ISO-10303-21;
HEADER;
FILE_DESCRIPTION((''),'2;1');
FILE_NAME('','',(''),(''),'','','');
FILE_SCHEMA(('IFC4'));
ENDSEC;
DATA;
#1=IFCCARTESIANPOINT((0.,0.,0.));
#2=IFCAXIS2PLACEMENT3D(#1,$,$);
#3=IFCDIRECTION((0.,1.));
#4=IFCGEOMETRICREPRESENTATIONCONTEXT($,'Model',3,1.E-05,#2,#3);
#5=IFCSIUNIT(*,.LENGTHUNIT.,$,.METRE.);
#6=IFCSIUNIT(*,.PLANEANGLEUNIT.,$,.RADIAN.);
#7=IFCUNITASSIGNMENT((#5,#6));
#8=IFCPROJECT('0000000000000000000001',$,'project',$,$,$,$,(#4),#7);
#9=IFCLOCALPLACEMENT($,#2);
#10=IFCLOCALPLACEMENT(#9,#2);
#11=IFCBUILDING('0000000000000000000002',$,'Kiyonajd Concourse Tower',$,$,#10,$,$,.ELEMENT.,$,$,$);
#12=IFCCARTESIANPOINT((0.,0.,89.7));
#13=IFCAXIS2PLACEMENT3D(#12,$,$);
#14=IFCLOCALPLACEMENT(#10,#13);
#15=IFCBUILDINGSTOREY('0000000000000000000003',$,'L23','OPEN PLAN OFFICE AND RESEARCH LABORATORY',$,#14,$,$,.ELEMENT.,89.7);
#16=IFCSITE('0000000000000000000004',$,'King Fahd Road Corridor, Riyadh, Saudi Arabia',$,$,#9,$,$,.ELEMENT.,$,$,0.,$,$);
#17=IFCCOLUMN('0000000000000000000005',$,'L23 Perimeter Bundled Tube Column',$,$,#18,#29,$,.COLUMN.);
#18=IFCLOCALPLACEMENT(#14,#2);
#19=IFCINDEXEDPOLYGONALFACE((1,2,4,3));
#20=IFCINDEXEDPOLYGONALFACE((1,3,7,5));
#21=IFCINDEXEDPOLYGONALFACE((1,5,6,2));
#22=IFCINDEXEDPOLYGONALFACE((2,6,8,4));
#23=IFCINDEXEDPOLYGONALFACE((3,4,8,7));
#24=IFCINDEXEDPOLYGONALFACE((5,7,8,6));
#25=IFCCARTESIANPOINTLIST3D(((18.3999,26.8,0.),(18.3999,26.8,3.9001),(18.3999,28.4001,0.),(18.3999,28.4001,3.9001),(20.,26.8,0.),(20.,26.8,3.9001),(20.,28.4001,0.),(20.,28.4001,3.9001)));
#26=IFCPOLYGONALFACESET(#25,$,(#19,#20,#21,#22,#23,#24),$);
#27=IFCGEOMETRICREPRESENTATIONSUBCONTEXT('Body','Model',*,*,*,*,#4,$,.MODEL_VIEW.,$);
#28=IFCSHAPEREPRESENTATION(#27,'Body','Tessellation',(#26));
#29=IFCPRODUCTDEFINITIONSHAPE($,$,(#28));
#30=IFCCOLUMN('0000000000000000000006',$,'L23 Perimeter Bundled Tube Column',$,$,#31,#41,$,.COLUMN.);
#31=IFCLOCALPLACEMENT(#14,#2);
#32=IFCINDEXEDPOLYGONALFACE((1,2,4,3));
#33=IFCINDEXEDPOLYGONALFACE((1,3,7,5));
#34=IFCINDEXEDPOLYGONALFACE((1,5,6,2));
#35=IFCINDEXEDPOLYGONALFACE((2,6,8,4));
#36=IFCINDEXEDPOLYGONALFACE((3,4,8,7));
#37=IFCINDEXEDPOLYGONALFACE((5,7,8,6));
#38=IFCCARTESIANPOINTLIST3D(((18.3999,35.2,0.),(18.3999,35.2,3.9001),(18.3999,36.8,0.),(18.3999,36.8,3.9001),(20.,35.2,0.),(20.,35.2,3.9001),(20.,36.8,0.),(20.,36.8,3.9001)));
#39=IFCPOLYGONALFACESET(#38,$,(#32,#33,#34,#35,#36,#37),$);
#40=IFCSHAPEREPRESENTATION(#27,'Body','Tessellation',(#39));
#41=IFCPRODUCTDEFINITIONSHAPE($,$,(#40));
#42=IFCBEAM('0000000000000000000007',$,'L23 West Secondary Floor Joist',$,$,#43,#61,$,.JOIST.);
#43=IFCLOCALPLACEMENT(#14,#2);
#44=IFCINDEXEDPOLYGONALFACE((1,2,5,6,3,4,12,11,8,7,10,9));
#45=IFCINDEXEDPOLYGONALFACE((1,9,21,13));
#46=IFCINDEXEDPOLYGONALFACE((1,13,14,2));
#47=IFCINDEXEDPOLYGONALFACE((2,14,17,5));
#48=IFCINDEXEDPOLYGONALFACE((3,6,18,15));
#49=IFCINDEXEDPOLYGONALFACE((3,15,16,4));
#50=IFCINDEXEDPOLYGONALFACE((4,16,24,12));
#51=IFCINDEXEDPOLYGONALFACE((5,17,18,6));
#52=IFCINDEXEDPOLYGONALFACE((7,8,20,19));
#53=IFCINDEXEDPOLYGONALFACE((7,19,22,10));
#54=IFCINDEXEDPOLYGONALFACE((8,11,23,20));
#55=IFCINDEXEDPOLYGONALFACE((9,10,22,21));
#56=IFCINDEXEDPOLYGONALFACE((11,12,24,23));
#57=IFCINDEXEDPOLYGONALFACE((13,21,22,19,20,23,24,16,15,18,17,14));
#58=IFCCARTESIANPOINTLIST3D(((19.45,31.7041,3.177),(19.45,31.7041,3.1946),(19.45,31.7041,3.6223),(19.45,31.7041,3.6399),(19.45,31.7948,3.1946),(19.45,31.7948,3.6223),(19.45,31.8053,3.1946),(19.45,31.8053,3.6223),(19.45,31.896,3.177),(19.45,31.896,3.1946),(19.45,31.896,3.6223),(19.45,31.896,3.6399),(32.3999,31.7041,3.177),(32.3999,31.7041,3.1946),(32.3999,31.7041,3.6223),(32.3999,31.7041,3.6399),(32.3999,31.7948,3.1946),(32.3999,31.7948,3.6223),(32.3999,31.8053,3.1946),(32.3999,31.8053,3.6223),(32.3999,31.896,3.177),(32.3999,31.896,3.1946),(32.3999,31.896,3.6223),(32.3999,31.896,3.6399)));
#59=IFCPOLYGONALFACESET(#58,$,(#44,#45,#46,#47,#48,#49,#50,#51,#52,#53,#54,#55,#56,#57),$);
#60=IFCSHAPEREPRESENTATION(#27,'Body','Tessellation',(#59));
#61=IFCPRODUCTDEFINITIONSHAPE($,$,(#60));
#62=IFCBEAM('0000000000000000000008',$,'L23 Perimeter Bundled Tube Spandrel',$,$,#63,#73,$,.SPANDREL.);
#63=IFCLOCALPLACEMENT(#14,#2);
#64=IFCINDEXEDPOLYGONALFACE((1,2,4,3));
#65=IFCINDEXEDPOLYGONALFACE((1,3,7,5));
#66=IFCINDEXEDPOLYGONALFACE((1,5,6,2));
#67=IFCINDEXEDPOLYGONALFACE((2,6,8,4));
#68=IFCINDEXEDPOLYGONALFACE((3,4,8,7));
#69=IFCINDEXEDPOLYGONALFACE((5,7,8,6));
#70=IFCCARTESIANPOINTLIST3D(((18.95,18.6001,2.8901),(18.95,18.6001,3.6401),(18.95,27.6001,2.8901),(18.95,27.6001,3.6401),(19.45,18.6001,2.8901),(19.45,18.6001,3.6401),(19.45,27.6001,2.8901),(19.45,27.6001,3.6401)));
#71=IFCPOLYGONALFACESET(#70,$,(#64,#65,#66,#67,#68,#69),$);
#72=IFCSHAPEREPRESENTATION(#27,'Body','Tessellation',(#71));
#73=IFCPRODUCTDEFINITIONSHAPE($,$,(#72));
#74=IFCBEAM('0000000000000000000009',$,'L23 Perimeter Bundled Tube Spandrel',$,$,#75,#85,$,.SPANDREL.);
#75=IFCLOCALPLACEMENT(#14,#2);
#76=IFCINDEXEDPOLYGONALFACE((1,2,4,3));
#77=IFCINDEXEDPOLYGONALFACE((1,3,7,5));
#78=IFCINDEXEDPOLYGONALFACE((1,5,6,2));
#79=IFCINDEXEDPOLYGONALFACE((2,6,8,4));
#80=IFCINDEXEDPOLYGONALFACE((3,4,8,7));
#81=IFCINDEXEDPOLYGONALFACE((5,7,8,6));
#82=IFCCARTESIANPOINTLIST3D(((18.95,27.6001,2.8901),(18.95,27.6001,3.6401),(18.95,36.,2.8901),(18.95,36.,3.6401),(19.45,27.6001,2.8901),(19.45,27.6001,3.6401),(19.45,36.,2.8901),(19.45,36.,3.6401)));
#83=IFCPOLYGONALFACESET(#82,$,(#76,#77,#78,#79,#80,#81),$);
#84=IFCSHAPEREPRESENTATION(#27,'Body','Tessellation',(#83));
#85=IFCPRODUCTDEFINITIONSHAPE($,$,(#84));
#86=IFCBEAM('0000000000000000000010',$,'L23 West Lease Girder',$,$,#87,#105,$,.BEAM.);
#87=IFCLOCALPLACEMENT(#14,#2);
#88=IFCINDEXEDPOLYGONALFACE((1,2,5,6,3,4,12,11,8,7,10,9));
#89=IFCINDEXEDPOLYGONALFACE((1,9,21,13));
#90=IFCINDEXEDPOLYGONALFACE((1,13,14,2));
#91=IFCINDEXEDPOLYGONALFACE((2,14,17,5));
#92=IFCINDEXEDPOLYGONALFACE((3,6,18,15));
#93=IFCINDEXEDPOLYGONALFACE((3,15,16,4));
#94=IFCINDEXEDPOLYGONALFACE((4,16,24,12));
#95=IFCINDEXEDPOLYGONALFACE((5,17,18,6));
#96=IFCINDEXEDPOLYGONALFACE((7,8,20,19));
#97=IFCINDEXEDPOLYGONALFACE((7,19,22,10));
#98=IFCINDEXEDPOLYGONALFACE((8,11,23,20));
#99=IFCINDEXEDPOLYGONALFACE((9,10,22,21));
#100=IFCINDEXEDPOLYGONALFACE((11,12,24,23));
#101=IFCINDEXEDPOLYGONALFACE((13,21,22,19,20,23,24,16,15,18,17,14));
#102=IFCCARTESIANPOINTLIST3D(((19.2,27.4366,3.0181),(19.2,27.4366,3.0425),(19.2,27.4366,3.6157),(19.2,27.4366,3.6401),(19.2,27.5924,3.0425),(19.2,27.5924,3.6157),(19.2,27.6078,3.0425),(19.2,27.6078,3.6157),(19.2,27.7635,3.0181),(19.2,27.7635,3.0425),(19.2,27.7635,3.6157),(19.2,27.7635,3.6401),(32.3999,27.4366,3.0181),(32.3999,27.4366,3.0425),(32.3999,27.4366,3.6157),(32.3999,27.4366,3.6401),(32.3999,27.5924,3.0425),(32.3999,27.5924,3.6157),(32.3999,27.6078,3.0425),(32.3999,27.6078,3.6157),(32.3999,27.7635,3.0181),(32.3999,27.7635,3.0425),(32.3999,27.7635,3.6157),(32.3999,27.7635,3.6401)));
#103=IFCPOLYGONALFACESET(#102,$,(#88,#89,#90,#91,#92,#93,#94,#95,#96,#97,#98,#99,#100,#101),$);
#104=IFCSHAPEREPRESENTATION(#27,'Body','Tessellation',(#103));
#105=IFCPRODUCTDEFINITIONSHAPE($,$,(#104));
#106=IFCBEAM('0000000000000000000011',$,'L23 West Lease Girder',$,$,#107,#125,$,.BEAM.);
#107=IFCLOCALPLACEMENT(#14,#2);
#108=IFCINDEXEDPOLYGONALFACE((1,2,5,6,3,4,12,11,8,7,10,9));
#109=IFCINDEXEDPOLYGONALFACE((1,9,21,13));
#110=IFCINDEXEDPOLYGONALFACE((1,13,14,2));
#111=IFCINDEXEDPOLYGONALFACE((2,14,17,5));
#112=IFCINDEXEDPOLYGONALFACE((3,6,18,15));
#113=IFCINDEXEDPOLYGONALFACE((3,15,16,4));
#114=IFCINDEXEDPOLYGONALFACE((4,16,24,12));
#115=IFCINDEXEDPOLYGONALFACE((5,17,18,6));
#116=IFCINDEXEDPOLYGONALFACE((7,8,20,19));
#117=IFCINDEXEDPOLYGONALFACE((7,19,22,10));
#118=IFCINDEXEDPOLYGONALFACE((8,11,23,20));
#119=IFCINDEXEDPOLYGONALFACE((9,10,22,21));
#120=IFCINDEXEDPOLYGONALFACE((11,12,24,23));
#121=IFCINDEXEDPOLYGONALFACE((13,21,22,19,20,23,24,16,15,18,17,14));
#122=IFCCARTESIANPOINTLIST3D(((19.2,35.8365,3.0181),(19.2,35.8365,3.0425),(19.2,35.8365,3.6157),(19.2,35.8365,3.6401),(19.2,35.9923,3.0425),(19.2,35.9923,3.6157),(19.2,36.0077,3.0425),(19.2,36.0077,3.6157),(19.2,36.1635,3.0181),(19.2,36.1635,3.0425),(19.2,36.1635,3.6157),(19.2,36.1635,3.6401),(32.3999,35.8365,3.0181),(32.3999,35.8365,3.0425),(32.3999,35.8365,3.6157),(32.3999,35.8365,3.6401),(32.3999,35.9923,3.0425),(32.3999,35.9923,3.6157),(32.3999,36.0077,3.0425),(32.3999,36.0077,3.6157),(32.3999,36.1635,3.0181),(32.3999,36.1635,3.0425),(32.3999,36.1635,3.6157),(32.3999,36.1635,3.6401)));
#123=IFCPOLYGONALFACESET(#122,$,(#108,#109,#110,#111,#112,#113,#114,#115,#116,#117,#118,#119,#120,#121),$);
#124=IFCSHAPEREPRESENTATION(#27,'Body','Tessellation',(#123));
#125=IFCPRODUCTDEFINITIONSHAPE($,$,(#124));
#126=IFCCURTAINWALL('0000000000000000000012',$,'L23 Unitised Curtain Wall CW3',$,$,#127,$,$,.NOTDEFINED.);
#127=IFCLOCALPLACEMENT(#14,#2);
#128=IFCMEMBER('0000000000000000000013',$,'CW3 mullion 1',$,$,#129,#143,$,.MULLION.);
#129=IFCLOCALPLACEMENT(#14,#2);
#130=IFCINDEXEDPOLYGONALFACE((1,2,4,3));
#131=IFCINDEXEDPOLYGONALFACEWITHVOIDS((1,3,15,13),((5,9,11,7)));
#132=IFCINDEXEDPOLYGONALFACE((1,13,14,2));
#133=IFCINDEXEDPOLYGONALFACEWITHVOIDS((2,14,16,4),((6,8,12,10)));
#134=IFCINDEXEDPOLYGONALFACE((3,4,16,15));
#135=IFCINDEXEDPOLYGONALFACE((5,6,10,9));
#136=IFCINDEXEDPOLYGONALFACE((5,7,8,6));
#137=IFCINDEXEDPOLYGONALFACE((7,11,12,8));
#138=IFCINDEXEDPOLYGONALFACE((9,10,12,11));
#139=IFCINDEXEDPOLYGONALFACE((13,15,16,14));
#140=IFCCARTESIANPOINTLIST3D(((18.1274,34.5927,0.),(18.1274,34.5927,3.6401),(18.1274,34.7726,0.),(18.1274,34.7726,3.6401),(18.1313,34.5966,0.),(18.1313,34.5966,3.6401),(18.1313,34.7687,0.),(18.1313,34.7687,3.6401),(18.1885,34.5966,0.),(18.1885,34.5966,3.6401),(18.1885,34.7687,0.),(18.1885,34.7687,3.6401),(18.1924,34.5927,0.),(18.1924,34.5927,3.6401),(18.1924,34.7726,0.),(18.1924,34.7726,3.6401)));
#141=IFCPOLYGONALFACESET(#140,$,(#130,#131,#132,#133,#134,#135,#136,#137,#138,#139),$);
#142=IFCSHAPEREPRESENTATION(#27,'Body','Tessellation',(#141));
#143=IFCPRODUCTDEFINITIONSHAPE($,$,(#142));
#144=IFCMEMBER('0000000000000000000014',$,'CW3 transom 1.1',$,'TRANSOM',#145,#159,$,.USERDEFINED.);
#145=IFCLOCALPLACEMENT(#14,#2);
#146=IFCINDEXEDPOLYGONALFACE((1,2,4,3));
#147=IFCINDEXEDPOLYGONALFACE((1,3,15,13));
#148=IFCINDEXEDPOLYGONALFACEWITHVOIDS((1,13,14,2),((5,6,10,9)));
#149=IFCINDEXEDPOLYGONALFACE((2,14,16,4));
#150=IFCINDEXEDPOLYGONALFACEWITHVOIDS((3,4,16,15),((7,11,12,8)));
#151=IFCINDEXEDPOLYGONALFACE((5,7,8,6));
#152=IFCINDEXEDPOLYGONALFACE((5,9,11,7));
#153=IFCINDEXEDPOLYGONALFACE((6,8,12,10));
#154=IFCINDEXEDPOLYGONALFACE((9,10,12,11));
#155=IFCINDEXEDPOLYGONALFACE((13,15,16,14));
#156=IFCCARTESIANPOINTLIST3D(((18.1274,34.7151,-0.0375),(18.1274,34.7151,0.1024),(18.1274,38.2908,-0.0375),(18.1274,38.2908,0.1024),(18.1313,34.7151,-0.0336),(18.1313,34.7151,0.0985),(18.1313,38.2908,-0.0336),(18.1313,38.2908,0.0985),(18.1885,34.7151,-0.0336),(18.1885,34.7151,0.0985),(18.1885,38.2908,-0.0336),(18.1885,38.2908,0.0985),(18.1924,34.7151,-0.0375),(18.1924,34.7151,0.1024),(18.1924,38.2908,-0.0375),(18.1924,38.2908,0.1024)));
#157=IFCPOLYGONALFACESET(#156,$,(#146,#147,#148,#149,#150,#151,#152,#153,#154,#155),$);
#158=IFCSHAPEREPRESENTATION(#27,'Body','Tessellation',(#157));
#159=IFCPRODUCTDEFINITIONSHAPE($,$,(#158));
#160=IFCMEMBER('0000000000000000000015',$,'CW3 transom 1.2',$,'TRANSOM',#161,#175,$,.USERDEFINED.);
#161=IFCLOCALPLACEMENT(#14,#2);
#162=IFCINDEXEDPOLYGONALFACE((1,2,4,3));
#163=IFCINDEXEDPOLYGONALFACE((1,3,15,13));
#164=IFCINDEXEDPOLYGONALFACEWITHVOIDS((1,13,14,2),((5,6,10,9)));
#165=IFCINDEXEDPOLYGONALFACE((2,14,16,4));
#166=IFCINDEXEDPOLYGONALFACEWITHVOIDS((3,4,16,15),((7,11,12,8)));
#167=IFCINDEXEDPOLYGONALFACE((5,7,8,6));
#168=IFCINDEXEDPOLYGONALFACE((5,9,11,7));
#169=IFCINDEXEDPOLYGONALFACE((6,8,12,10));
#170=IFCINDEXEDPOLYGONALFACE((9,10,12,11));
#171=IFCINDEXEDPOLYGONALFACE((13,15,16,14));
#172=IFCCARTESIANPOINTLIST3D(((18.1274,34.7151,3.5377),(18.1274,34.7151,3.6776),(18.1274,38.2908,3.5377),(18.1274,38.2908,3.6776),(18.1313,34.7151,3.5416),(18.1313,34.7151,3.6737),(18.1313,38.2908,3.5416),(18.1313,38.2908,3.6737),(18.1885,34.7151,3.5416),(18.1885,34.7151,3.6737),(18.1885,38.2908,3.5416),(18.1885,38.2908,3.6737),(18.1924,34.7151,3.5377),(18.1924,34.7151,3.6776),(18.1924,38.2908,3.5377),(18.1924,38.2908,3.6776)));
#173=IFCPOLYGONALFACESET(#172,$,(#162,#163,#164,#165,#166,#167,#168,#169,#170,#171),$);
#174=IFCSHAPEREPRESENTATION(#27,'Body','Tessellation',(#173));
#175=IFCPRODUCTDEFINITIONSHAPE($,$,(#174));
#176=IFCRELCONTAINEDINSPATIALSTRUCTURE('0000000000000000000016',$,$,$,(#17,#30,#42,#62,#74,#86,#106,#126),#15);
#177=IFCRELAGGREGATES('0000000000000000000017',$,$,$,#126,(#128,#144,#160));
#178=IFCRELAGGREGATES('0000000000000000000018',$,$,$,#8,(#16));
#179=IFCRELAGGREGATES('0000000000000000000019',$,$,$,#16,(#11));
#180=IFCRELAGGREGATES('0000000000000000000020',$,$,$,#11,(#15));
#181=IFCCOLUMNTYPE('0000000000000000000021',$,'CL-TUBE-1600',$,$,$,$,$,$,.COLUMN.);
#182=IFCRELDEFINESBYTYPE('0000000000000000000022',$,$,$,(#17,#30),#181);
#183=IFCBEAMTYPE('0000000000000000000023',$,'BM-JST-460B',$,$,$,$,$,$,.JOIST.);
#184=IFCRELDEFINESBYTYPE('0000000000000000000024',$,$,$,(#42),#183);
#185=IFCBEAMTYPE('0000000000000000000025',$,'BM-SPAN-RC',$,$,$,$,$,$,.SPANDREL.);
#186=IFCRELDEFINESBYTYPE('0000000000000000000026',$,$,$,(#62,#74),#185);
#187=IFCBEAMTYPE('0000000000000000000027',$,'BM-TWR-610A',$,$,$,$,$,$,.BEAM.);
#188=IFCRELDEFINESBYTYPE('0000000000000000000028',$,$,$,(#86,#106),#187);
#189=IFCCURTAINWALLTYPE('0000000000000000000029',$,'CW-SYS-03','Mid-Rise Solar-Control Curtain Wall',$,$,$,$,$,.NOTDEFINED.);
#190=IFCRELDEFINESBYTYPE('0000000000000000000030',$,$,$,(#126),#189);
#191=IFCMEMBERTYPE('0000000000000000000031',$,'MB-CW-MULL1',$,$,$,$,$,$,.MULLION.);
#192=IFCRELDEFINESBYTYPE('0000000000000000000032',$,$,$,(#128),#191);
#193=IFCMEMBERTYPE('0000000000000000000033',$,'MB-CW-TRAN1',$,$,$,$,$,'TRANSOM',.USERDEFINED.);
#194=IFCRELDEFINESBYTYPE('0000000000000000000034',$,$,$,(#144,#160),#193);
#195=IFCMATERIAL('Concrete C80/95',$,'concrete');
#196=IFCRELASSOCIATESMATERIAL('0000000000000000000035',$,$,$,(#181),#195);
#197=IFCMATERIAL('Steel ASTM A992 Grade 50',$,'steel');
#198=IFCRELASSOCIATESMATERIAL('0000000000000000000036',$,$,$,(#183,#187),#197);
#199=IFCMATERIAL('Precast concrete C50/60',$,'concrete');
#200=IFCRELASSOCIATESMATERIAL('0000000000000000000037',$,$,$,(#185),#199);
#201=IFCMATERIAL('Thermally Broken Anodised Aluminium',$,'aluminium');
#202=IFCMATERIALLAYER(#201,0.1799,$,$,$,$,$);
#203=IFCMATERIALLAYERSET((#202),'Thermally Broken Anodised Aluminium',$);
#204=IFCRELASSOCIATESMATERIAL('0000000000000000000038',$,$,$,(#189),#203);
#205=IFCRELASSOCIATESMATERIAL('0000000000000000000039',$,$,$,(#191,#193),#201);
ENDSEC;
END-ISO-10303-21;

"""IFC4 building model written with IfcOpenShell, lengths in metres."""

from ifc_helpers import new_model, si_unit, direction, frame, origin, origin_2d, place, context, subcontext, project, spatial, rectangle, hollow_rectangle, i_section, extrude, material, layer, layer_set, material_profile, profile_set, type_object, element, aggregate, save


model = new_model("IFC4")

# Units and contexts
model_context = context("Model", 3, precision=1e-05, world=origin(), true_north=direction((0.0, 1.0)))
body_context = subcontext(model_context, "Body", "Model", "MODEL_VIEW")
ifc_project = project(units=[si_unit("LENGTHUNIT", "METRE"), si_unit("PLANEANGLEUNIT", "RADIAN")], contexts=[model_context])

# Site, building, storey
site_placement = place(None, origin())
site = spatial("IfcSite", under=ifc_project, at=site_placement, Name="King Fahd Road Corridor, Riyadh, Saudi Arabia", CompositionType="ELEMENT", RefElevation=0.0)
building_placement = place(site_placement, origin())
building = spatial("IfcBuilding", under=site, at=building_placement, Name="Kiyonajd Concourse Tower", CompositionType="ELEMENT")
storey_placement = place(building_placement, frame((0.0, 0.0, 89.7)))
storey = spatial("IfcBuildingStorey", under=building, at=storey_placement, Name="L23", Description="OPEN PLAN OFFICE AND RESEARCH LABORATORY", CompositionType="ELEMENT", Elevation=89.7)

# Columns
ifc_material_1 = material(Name="Concrete C80/95", Category="concrete")
ifc_material_profile_1 = material_profile(ifc_material_1, rectangle(XDim=1.6001, YDim=1.6001, at=origin_2d()), Name="RC-1600x1600")
ifc_profile_set_1 = profile_set([ifc_material_profile_1], Name="Concrete C80/95")
column_type = type_object("IfcColumnType", Name="CL-TUBE-1600", PredefinedType="COLUMN", material=ifc_profile_set_1)
for number, where, z_axis, x_axis, name in (
    (1, (19.2, 27.6001, 0.0), (0.0, 0.0, 1.0), (1.0, 0.0, 0.0), "L23 Perimeter Bundled Tube Column"),
    (2, (19.2, 36.0, 0.0), (0.0, 0.0, 1.0), (1.0, 0.0, 0.0), "L23 Perimeter Bundled Tube Column"),
):
    element("IfcColumn", number, at=place(storey_placement, frame(where, z_axis=z_axis, x_axis=x_axis)), inside=storey, type_object=column_type, Name=name, PredefinedType="COLUMN", context=body_context, shape_type="SweptSolid", body=[
        extrude(rectangle(XDim=1.6001, YDim=1.6001, at=origin_2d()), origin(), (0.0, 0.0, 1.0), 3.9001),
    ])

# Beams
ifc_material_2 = material(Name="Steel ASTM A992 Grade 50", Category="steel")
ifc_material_profile_2 = material_profile(ifc_material_2, i_section(OverallWidth=0.1919, OverallDepth=0.4629, WebThickness=0.0105, FlangeThickness=0.0176, at=origin_2d()), Name="W460X89")
ifc_profile_set_2 = profile_set([ifc_material_profile_2], Name="Steel ASTM A992 Grade 50")
beam_type_1 = type_object("IfcBeamType", Name="BM-JST-460B", PredefinedType="JOIST", material=ifc_profile_set_2)
beam_1_placement = place(storey_placement, frame((19.45, 31.8, 3.4084), z_axis=(1.0, 0.0, 0.0), x_axis=(0.0, 1.0, 0.0)))
element("IfcBeam", 3, at=beam_1_placement, inside=storey, type_object=beam_type_1, Name="L23 West Secondary Floor Joist", PredefinedType="JOIST", context=body_context, shape_type="SweptSolid", body=[
    extrude(i_section(OverallWidth=0.1919, OverallDepth=0.4629, WebThickness=0.0105, FlangeThickness=0.0176, at=origin_2d()), origin(), (0.0, 0.0, 1.0), 12.95),
])
ifc_material_3 = material(Name="Precast concrete C50/60", Category="concrete")
ifc_material_profile_3 = material_profile(ifc_material_3, rectangle(XDim=0.5, YDim=0.75, at=origin_2d()), Name="RCBM-500x750")
ifc_profile_set_3 = profile_set([ifc_material_profile_3], Name="Precast concrete C50/60")
beam_type_2 = type_object("IfcBeamType", Name="BM-SPAN-RC", PredefinedType="SPANDREL", material=ifc_profile_set_3)
beam_2_placement = place(storey_placement, frame((19.2, 27.6001, 3.2651), z_axis=(0.0, -1.0, 0.0), x_axis=(1.0, 0.0, 0.0)))
element("IfcBeam", 4, at=beam_2_placement, inside=storey, type_object=beam_type_2, Name="L23 Perimeter Bundled Tube Spandrel", PredefinedType="SPANDREL", context=body_context, shape_type="SweptSolid", body=[
    extrude(rectangle(XDim=0.5, YDim=0.75, at=origin_2d()), origin(), (0.0, 0.0, 1.0), 9.0),
])
beam_3_placement = place(storey_placement, frame((19.2, 36.0, 3.2651), z_axis=(0.0, -1.0, 0.0), x_axis=(1.0, 0.0, 0.0)))
element("IfcBeam", 5, at=beam_3_placement, inside=storey, type_object=beam_type_2, Name="L23 Perimeter Bundled Tube Spandrel", PredefinedType="SPANDREL", context=body_context, shape_type="SweptSolid", body=[
    extrude(rectangle(XDim=0.5, YDim=0.75, at=origin_2d()), origin(), (0.0, 0.0, 1.0), 8.3999),
])
ifc_material_profile_4 = material_profile(ifc_material_2, i_section(OverallWidth=0.3269, OverallDepth=0.6221, WebThickness=0.0154, FlangeThickness=0.0244, at=origin_2d()), Name="W610X195")
ifc_profile_set_4 = profile_set([ifc_material_profile_4], Name="Steel ASTM A992 Grade 50")
beam_type_3 = type_object("IfcBeamType", Name="BM-TWR-610A", PredefinedType="BEAM", material=ifc_profile_set_4)
for number, where, z_axis, x_axis, name in (
    (6, (19.2, 27.6001, 3.3291), (1.0, 0.0, 0.0), (0.0, 1.0, 0.0), "L23 West Lease Girder"),
    (7, (19.2, 36.0, 3.3291), (1.0, 0.0, 0.0), (0.0, 1.0, 0.0), "L23 West Lease Girder"),
):
    element("IfcBeam", number, at=place(storey_placement, frame(where, z_axis=z_axis, x_axis=x_axis)), inside=storey, type_object=beam_type_3, Name=name, PredefinedType="BEAM", context=body_context, shape_type="SweptSolid", body=[
        extrude(i_section(OverallWidth=0.3269, OverallDepth=0.6221, WebThickness=0.0154, FlangeThickness=0.0244, at=origin_2d()), origin(), (0.0, 0.0, 1.0), 13.2),
    ])

# Curtain wall, members
ifc_material_4 = material(Name="Thermally Broken Anodised Aluminium", Category="aluminium")
ifc_layer_1 = layer(ifc_material_4, 0.1799)
ifc_layer_set_1 = layer_set([ifc_layer_1], Name="Thermally Broken Anodised Aluminium")
curtain_wall_type = type_object("IfcCurtainWallType", Name="CW-SYS-03", Description="Mid-Rise Solar-Control Curtain Wall", PredefinedType="NOTDEFINED", material=ifc_layer_set_1)
curtain_wall_placement = place(storey_placement, origin())
curtain_wall = element("IfcCurtainWall", 8, at=curtain_wall_placement, inside=storey, type_object=curtain_wall_type, Name="L23 Unitised Curtain Wall CW3", PredefinedType="NOTDEFINED")
ifc_material_profile_5 = material_profile(ifc_material_4, hollow_rectangle(XDim=0.0649, YDim=0.1799, WallThickness=0.0039, at=origin_2d()), Name="MULL-65x180")
ifc_profile_set_5 = profile_set([ifc_material_profile_5], Name="Thermally Broken Anodised Aluminium")
member_type_1 = type_object("IfcMemberType", Name="MB-CW-MULL1", PredefinedType="MULLION", material=ifc_profile_set_5)
member_1_placement = place(storey_placement, frame((18.1599, 34.6826, 0.0), z_axis=(0.0, 0.0, 1.0), x_axis=(-1.0, 0.0, 0.0)))
member_1 = element("IfcMember", 9, at=member_1_placement, type_object=member_type_1, Name="CW3 mullion 1", PredefinedType="MULLION", context=body_context, shape_type="SweptSolid", body=[
    extrude(hollow_rectangle(XDim=0.0649, YDim=0.1799, WallThickness=0.0039, at=origin_2d()), origin(), (0.0, 0.0, 1.0), 3.6401),
])
ifc_material_profile_6 = material_profile(ifc_material_4, hollow_rectangle(XDim=0.0649, YDim=0.1399, WallThickness=0.0039, at=origin_2d()), Name="TRAN-65x140")
ifc_profile_set_6 = profile_set([ifc_material_profile_6], Name="Thermally Broken Anodised Aluminium")
member_type_2 = type_object("IfcMemberType", Name="MB-CW-TRAN1", ElementType="TRANSOM", PredefinedType="USERDEFINED", material=ifc_profile_set_6)
member_2_placement = place(storey_placement, frame((18.1599, 34.7151, 0.0325), z_axis=(0.0, 1.0, 0.0), x_axis=(-1.0, 0.0, 0.0)))
member_2 = element("IfcMember", 10, at=member_2_placement, type_object=member_type_2, Name="CW3 transom 1.1", ObjectType="TRANSOM", PredefinedType="USERDEFINED", context=body_context, shape_type="SweptSolid", body=[
    extrude(hollow_rectangle(XDim=0.0649, YDim=0.1399, WallThickness=0.0039, at=origin_2d()), origin(), (0.0, 0.0, 1.0), 3.5757),
])
member_3_placement = place(storey_placement, frame((18.1599, 34.7151, 3.6077), z_axis=(0.0, 1.0, 0.0), x_axis=(-1.0, 0.0, 0.0)))
member_3 = element("IfcMember", 11, at=member_3_placement, type_object=member_type_2, Name="CW3 transom 1.2", ObjectType="TRANSOM", PredefinedType="USERDEFINED", context=body_context, shape_type="SweptSolid", body=[
    extrude(hollow_rectangle(XDim=0.0649, YDim=0.1399, WallThickness=0.0039, at=origin_2d()), origin(), (0.0, 0.0, 1.0), 3.5757),
])

aggregate(curtain_wall, [member_1, member_2, member_3])

save(model, "model.ifc")
